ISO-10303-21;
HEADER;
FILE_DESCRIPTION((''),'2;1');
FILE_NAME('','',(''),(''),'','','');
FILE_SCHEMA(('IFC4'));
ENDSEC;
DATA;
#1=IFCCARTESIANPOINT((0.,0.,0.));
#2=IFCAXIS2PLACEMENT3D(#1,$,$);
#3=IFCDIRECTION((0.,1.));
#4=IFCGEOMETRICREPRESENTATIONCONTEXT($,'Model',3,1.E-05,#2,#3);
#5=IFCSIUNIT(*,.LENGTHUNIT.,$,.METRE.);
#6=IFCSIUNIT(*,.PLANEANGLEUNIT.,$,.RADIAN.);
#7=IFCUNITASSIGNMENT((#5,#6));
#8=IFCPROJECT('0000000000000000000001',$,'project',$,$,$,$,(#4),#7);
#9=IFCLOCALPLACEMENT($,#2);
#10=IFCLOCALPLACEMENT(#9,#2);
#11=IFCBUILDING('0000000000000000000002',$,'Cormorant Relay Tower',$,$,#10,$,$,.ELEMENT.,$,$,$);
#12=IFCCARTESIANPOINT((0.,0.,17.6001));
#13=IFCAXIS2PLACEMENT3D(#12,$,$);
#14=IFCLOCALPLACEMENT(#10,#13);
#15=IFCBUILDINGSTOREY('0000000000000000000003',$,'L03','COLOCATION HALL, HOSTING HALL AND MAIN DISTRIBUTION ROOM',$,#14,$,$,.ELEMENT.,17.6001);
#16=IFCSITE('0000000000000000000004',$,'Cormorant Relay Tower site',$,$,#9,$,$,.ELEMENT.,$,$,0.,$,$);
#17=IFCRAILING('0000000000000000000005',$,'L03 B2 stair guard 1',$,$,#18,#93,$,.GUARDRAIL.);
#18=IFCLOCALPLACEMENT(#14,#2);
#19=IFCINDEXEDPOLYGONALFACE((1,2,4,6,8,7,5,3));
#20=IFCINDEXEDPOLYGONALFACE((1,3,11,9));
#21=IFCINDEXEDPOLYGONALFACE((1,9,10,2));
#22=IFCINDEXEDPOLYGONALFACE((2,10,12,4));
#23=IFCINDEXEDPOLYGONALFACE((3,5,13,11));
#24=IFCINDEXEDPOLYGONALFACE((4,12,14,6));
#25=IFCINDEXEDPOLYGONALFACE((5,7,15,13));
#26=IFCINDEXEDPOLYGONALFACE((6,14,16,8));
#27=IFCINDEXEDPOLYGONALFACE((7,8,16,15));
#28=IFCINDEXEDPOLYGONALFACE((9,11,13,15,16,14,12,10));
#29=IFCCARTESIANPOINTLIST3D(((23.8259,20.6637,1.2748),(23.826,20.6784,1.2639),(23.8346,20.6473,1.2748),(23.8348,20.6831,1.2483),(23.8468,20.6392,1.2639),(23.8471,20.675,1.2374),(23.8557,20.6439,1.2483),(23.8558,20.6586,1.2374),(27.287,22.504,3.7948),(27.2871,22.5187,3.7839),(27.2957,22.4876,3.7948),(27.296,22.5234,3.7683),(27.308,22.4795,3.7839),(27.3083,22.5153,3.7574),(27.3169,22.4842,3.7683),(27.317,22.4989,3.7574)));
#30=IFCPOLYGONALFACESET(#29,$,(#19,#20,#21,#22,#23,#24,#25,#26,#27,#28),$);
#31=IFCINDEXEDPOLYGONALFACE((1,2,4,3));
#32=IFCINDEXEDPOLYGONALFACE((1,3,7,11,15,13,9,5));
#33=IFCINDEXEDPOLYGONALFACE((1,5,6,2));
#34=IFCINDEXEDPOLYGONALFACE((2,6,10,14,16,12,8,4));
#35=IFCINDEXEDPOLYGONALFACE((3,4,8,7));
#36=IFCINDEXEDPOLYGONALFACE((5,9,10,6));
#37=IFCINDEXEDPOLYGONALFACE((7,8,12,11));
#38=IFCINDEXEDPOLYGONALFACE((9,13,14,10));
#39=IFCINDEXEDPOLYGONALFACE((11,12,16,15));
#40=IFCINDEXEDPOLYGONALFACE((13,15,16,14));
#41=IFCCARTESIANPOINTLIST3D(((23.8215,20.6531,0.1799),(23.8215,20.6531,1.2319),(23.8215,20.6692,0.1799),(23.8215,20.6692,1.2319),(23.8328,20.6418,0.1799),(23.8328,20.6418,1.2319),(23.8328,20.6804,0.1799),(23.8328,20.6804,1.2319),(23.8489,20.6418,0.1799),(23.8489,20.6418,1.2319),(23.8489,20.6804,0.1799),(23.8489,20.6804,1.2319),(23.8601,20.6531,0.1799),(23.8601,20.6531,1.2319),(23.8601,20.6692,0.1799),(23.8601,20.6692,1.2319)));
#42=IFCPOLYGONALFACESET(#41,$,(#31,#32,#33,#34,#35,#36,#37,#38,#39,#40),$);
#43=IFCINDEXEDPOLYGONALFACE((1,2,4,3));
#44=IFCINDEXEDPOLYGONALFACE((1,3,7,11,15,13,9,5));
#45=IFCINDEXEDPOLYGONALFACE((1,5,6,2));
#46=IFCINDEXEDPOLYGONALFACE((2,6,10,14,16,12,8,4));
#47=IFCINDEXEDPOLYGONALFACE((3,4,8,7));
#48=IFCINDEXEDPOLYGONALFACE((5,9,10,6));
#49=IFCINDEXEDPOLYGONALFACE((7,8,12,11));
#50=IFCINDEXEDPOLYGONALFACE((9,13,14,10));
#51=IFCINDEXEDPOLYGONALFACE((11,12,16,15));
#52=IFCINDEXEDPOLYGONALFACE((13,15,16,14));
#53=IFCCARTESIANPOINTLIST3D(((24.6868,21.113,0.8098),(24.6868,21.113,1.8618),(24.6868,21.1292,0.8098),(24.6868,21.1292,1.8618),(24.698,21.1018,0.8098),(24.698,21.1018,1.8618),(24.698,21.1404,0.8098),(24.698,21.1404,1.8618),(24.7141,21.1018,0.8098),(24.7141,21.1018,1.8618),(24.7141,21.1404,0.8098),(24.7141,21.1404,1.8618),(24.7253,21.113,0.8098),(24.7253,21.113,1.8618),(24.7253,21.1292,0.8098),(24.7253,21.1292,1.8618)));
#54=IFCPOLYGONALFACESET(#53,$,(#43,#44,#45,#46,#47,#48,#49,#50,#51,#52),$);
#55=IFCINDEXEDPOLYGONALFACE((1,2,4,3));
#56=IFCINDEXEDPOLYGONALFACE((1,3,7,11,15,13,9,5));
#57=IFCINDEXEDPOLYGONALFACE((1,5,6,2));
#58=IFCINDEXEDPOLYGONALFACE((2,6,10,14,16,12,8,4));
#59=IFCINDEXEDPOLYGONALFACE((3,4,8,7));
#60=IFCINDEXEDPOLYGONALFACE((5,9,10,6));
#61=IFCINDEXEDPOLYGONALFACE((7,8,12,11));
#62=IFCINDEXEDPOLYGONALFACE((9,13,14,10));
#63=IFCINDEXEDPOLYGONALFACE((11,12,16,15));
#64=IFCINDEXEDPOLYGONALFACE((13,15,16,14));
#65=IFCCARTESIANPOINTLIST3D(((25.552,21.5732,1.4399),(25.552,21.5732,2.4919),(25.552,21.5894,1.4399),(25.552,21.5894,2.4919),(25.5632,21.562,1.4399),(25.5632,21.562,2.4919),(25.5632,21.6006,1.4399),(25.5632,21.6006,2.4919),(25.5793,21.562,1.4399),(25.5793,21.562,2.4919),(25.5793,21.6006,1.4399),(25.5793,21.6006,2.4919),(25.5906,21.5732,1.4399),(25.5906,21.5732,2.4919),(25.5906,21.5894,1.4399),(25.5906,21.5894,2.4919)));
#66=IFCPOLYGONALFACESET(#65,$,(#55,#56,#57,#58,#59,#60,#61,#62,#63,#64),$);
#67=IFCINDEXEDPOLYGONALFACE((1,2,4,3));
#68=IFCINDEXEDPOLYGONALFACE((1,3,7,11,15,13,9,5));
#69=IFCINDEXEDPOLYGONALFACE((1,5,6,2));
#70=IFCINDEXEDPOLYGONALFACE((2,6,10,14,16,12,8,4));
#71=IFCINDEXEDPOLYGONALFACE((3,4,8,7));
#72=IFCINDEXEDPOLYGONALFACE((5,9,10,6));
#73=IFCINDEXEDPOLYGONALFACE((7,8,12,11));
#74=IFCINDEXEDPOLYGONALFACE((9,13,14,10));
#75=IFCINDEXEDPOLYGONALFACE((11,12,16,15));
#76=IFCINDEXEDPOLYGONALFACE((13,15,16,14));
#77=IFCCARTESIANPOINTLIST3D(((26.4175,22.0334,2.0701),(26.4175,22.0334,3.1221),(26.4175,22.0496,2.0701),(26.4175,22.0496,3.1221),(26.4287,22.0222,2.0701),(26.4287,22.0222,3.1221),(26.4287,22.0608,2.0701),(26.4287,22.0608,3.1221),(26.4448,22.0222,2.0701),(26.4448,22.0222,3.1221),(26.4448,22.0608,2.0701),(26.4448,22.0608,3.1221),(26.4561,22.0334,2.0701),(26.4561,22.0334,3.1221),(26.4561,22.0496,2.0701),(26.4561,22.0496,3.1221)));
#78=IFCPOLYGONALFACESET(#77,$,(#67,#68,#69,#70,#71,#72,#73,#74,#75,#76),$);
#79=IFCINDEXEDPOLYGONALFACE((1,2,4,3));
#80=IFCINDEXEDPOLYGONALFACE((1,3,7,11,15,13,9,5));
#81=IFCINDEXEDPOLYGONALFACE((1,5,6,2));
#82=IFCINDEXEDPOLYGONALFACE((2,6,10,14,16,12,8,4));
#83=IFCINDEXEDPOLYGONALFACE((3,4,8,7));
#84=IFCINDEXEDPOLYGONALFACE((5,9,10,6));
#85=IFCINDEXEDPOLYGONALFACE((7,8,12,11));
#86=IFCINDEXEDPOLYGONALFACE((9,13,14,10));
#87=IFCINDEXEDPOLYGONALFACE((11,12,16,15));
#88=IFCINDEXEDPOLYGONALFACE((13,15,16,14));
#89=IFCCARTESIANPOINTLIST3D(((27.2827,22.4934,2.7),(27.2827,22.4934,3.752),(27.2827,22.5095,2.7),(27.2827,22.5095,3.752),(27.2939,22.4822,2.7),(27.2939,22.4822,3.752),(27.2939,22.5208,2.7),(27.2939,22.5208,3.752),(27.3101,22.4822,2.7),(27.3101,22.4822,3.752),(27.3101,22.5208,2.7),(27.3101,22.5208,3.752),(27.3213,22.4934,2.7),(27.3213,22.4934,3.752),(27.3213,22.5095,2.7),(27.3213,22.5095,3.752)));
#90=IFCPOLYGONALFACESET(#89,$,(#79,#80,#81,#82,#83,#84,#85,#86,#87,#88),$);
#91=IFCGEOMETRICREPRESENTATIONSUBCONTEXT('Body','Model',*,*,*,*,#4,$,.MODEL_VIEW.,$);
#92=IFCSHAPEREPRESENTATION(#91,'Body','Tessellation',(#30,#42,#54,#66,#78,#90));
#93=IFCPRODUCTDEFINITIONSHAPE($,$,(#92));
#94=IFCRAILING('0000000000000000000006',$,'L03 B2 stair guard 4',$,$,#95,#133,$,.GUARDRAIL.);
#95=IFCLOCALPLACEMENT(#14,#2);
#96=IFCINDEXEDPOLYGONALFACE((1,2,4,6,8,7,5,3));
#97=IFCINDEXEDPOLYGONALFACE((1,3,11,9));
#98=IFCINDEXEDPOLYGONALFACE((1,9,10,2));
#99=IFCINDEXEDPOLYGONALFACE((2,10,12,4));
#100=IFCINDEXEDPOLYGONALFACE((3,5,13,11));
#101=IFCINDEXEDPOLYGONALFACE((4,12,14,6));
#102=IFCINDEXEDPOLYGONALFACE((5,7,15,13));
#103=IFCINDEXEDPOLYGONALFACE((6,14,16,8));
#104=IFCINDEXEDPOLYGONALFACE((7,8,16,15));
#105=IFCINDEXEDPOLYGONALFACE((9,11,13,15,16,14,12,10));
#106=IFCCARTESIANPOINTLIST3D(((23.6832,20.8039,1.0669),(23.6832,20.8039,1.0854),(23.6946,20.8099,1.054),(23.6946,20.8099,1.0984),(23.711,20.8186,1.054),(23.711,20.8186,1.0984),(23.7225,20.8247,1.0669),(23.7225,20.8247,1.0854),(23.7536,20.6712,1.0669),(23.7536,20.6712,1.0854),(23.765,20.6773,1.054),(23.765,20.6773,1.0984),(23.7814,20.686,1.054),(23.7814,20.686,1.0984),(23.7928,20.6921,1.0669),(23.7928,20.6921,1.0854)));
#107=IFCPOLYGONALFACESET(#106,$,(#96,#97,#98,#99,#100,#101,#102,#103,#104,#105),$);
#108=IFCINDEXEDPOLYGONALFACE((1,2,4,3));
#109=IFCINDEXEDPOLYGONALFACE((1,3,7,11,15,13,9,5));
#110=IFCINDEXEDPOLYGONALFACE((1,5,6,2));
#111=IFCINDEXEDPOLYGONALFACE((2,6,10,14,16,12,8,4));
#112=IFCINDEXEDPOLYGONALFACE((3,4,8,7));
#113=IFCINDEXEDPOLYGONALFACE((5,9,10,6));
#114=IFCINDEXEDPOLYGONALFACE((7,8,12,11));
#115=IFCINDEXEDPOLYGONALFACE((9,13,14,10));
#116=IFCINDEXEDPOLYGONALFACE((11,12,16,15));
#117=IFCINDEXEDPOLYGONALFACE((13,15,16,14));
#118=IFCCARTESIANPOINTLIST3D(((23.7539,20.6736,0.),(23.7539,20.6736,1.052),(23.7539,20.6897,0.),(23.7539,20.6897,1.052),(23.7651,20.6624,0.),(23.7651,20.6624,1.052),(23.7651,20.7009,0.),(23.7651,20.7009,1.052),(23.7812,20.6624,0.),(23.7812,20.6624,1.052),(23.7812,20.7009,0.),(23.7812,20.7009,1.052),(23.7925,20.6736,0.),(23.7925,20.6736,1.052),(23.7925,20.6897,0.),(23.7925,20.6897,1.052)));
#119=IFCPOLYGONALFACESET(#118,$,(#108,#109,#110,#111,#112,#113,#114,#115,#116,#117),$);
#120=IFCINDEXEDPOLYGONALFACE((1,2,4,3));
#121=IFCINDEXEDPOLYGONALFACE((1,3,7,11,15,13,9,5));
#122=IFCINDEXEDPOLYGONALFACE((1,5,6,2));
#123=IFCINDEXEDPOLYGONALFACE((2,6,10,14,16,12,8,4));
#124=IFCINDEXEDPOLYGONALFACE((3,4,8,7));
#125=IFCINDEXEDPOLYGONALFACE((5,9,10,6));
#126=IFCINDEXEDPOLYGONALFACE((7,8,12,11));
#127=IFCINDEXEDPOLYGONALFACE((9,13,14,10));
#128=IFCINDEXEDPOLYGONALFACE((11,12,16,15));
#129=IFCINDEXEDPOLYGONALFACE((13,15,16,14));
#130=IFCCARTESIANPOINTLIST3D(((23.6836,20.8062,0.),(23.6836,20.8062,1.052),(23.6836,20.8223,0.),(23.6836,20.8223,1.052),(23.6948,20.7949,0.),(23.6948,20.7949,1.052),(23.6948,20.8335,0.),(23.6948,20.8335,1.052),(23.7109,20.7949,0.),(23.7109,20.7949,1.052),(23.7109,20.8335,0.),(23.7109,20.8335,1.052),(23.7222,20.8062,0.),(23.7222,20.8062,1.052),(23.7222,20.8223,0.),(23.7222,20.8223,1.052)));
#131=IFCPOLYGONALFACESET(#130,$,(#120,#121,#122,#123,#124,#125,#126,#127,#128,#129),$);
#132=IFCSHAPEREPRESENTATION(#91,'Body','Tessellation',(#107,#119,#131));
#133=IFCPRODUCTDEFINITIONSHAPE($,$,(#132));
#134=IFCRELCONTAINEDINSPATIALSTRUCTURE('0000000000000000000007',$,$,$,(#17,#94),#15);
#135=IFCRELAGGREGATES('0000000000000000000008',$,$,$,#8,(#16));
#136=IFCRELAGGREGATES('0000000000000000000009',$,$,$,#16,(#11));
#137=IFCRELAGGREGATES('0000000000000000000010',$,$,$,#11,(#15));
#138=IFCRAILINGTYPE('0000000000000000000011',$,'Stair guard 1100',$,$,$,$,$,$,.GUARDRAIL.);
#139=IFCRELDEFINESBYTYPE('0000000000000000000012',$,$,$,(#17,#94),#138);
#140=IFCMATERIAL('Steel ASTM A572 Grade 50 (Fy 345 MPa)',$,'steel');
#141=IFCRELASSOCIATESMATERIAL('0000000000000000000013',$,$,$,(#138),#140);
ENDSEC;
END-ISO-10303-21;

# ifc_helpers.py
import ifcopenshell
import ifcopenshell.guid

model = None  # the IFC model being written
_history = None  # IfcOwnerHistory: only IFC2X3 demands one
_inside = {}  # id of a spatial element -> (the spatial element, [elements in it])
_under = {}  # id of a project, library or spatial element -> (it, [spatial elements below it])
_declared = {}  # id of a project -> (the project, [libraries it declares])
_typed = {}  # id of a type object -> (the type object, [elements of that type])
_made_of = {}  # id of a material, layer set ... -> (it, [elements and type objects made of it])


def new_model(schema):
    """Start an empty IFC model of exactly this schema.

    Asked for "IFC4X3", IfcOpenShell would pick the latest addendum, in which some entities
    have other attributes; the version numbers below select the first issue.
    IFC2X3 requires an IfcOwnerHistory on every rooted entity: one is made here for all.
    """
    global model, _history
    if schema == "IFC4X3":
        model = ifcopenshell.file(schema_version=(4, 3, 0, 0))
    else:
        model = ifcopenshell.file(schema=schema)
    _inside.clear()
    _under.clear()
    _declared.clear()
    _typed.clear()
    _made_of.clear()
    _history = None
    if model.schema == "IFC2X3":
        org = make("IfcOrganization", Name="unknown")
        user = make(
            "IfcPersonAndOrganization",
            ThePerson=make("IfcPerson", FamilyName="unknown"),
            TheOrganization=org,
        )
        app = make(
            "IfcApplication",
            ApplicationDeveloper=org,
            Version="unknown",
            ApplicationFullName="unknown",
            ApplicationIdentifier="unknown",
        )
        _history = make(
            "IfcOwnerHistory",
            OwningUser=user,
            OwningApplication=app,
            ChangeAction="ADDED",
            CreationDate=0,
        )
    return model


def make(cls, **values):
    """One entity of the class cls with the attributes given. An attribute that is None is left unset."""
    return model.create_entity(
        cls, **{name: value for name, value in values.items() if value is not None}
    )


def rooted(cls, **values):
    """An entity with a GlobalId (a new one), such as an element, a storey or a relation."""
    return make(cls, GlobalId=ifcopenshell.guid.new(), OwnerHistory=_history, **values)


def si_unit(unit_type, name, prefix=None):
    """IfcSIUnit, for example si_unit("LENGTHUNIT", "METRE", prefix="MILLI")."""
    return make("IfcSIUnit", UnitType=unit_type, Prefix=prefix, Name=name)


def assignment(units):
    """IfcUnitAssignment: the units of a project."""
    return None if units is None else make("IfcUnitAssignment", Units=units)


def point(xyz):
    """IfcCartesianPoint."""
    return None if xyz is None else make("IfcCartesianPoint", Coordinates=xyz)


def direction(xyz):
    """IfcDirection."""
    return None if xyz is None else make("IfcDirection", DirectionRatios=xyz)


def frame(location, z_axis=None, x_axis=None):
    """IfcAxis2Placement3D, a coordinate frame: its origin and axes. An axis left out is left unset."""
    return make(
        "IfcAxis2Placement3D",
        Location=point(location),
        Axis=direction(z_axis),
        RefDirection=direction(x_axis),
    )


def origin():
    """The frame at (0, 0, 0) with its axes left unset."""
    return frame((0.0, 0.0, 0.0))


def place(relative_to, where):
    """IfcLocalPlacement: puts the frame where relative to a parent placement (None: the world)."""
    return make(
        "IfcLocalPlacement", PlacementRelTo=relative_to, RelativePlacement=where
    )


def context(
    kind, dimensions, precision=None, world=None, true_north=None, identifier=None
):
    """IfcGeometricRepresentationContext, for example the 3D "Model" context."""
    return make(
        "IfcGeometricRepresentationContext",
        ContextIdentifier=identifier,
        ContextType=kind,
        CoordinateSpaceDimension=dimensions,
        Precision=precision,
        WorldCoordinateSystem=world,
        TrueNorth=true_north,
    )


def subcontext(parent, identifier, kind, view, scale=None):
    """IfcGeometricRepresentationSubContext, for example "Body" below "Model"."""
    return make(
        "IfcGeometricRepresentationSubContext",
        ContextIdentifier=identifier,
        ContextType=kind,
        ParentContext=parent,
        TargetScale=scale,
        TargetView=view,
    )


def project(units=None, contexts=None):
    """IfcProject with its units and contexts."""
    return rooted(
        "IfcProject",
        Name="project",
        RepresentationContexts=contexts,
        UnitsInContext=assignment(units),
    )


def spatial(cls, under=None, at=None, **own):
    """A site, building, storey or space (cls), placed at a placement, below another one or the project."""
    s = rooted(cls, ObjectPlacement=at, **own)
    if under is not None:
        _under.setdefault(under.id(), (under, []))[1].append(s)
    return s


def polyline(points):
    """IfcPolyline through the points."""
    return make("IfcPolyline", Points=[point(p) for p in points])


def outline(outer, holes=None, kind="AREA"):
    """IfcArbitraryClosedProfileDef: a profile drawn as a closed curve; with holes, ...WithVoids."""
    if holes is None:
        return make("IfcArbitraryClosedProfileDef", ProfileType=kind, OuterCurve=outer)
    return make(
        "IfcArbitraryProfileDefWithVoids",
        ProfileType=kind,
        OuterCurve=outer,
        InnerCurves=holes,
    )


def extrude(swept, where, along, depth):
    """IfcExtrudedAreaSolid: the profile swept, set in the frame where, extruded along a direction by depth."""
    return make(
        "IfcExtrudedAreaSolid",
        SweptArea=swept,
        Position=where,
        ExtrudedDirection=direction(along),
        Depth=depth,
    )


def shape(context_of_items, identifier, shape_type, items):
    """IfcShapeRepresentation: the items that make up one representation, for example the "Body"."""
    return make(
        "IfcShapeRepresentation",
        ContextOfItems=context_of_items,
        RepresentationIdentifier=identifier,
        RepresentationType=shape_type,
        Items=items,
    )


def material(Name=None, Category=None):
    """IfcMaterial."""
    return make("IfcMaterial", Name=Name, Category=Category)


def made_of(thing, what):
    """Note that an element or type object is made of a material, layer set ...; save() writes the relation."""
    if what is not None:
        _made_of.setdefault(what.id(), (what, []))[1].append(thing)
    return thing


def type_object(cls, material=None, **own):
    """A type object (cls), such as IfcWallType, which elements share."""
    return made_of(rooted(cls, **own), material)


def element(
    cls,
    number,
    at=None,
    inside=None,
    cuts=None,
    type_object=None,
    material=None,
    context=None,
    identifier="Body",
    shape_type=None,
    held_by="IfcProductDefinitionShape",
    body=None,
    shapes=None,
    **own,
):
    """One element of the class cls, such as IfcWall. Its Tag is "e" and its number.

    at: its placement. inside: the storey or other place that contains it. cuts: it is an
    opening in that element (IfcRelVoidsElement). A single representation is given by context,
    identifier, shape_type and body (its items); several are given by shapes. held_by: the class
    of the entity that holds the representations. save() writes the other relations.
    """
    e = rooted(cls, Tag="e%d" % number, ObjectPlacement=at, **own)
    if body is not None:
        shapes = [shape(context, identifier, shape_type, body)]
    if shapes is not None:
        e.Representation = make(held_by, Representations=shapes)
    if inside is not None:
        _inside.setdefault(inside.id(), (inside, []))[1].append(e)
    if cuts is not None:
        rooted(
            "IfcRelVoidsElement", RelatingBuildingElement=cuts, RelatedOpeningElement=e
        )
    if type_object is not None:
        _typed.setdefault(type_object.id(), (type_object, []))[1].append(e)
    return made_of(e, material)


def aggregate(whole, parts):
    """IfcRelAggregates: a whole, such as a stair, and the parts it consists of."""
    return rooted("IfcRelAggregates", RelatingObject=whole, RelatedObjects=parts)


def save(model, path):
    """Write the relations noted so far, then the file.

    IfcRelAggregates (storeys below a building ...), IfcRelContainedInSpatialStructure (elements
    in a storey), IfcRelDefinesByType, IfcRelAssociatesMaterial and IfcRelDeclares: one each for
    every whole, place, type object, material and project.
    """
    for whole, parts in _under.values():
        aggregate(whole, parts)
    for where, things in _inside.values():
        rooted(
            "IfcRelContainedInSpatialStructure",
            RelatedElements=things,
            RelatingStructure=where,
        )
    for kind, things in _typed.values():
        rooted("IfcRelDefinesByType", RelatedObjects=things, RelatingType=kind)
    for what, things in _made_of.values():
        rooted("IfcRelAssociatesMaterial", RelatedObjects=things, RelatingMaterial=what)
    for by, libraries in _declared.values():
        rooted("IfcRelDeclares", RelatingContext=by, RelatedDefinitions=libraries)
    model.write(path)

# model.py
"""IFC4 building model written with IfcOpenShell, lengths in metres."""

from ifc_helpers import new_model, si_unit, direction, frame, origin, place, context, subcontext, project, spatial, polyline, outline, extrude, material, type_object, element, save


model = new_model("IFC4")

# Units and contexts
model_context = context("Model", 3, precision=1e-05, world=origin(), true_north=direction((0.0, 1.0)))
body_context = subcontext(model_context, "Body", "Model", "MODEL_VIEW")
ifc_project = project(units=[si_unit("LENGTHUNIT", "METRE"), si_unit("PLANEANGLEUNIT", "RADIAN")], contexts=[model_context])

# Site, building, storey
site_placement = place(None, origin())
site = spatial("IfcSite", under=ifc_project, at=site_placement, Name="Cormorant Relay Tower site", CompositionType="ELEMENT", RefElevation=0.0)
building_placement = place(site_placement, origin())
building = spatial("IfcBuilding", under=site, at=building_placement, Name="Cormorant Relay Tower", CompositionType="ELEMENT")
storey_placement = place(building_placement, frame((0.0, 0.0, 17.6001)))
storey = spatial("IfcBuildingStorey", under=building, at=storey_placement, Name="L03", Description="COLOCATION HALL, HOSTING HALL AND MAIN DISTRIBUTION ROOM", CompositionType="ELEMENT", Elevation=17.6001)

# Railings
ifc_material_1 = material(Name="Steel ASTM A572 Grade 50 (Fy 345 MPa)", Category="steel")
railing_type_1 = type_object("IfcRailingType", Name="Stair guard 1100", PredefinedType="GUARDRAIL", material=ifc_material_1)
railing_1_placement = place(storey_placement, frame((23.8408, 20.6611, 0.1799)))
element("IfcRailing", 1, at=railing_1_placement, inside=storey, type_object=railing_type_1, Name="L03 B2 stair guard 1", PredefinedType="GUARDRAIL", context=body_context, shape_type="SweptSolid", body=[
    extrude(outline(polyline([(0.0222, 0.0093), (0.0093, 0.0222), (-0.0093, 0.0222), (-0.0222, 0.0093), (-0.0222, -0.0093), (-0.0093, -0.0222), (0.0093, -0.0222), (0.0222, -0.0093), (0.0222, 0.0093)])), frame((0.0, 0.0, 1.0762), z_axis=(0.742717, 0.394907, 0.540758), x_axis=(-0.469469, 0.882949, 0.0)), (0.0, 0.0, 1.0), 4.6602),
    extrude(outline(polyline([(0.0193, 0.0081), (0.0081, 0.0193), (-0.0081, 0.0193), (-0.0193, 0.0081), (-0.0193, -0.0081), (-0.0081, -0.0193), (0.0081, -0.0193), (0.0193, -0.0081), (0.0193, 0.0081)])), origin(), (0.0, 0.0, 1.0), 1.052),
    extrude(outline(polyline([(0.0193, 0.0081), (0.0081, 0.0193), (-0.0081, 0.0193), (-0.0193, 0.0081), (-0.0193, -0.0081), (-0.0081, -0.0193), (0.0081, -0.0193), (0.0193, -0.0081), (0.0193, 0.0081)])), frame((0.8652, 0.46, 0.6299)), (0.0, 0.0, 1.0), 1.052),
    extrude(outline(polyline([(0.0193, 0.0081), (0.0081, 0.0193), (-0.0081, 0.0193), (-0.0193, 0.0081), (-0.0193, -0.0081), (-0.0081, -0.0193), (0.0081, -0.0193), (0.0193, -0.0081), (0.0193, 0.0081)])), frame((1.7305, 0.9202, 1.26)), (0.0, 0.0, 1.0), 1.052),
    extrude(outline(polyline([(0.0193, 0.0081), (0.0081, 0.0193), (-0.0081, 0.0193), (-0.0193, 0.0081), (-0.0193, -0.0081), (-0.0081, -0.0193), (0.0081, -0.0193), (0.0193, -0.0081), (0.0193, 0.0081)])), frame((2.5959, 1.3804, 1.8901)), (0.0, 0.0, 1.0), 1.052),
    extrude(outline(polyline([(0.0193, 0.0081), (0.0081, 0.0193), (-0.0081, 0.0193), (-0.0193, 0.0081), (-0.0193, -0.0081), (-0.0081, -0.0193), (0.0081, -0.0193), (0.0193, -0.0081), (0.0193, 0.0081)])), frame((3.4612, 1.8403, 2.52)), (0.0, 0.0, 1.0), 1.052),
])
railing_2_placement = place(storey_placement, frame((23.7732, 20.6816, 0.0)))
element("IfcRailing", 2, at=railing_2_placement, inside=storey, type_object=railing_type_1, Name="L03 B2 stair guard 4", PredefinedType="GUARDRAIL", context=body_context, shape_type="SweptSolid", body=[
    extrude(outline(polyline([(0.0222, 0.0093), (0.0093, 0.0222), (-0.0093, 0.0222), (-0.0222, 0.0093), (-0.0222, -0.0093), (-0.0093, -0.0222), (0.0093, -0.0222), (0.0222, -0.0093), (0.0222, 0.0093)])), frame((0.0, 0.0, 1.0762), z_axis=(-0.46856, 0.883431, 0.0), x_axis=(-0.883431, -0.46856, 0.0)), (0.0, 0.0, 1.0), 0.1501),
    extrude(outline(polyline([(0.0193, 0.0081), (0.0081, 0.0193), (-0.0081, 0.0193), (-0.0193, 0.0081), (-0.0193, -0.0081), (-0.0081, -0.0193), (0.0081, -0.0193), (0.0193, -0.0081), (0.0193, 0.0081)])), origin(), (0.0, 0.0, 1.0), 1.052),
    extrude(outline(polyline([(0.0193, 0.0081), (0.0081, 0.0193), (-0.0081, 0.0193), (-0.0193, 0.0081), (-0.0193, -0.0081), (-0.0081, -0.0193), (0.0081, -0.0193), (0.0193, -0.0081), (0.0193, 0.0081)])), frame((-0.0703, 0.1326, 0.0)), (0.0, 0.0, 1.0), 1.052),
])

save(model, "model.ifc")
